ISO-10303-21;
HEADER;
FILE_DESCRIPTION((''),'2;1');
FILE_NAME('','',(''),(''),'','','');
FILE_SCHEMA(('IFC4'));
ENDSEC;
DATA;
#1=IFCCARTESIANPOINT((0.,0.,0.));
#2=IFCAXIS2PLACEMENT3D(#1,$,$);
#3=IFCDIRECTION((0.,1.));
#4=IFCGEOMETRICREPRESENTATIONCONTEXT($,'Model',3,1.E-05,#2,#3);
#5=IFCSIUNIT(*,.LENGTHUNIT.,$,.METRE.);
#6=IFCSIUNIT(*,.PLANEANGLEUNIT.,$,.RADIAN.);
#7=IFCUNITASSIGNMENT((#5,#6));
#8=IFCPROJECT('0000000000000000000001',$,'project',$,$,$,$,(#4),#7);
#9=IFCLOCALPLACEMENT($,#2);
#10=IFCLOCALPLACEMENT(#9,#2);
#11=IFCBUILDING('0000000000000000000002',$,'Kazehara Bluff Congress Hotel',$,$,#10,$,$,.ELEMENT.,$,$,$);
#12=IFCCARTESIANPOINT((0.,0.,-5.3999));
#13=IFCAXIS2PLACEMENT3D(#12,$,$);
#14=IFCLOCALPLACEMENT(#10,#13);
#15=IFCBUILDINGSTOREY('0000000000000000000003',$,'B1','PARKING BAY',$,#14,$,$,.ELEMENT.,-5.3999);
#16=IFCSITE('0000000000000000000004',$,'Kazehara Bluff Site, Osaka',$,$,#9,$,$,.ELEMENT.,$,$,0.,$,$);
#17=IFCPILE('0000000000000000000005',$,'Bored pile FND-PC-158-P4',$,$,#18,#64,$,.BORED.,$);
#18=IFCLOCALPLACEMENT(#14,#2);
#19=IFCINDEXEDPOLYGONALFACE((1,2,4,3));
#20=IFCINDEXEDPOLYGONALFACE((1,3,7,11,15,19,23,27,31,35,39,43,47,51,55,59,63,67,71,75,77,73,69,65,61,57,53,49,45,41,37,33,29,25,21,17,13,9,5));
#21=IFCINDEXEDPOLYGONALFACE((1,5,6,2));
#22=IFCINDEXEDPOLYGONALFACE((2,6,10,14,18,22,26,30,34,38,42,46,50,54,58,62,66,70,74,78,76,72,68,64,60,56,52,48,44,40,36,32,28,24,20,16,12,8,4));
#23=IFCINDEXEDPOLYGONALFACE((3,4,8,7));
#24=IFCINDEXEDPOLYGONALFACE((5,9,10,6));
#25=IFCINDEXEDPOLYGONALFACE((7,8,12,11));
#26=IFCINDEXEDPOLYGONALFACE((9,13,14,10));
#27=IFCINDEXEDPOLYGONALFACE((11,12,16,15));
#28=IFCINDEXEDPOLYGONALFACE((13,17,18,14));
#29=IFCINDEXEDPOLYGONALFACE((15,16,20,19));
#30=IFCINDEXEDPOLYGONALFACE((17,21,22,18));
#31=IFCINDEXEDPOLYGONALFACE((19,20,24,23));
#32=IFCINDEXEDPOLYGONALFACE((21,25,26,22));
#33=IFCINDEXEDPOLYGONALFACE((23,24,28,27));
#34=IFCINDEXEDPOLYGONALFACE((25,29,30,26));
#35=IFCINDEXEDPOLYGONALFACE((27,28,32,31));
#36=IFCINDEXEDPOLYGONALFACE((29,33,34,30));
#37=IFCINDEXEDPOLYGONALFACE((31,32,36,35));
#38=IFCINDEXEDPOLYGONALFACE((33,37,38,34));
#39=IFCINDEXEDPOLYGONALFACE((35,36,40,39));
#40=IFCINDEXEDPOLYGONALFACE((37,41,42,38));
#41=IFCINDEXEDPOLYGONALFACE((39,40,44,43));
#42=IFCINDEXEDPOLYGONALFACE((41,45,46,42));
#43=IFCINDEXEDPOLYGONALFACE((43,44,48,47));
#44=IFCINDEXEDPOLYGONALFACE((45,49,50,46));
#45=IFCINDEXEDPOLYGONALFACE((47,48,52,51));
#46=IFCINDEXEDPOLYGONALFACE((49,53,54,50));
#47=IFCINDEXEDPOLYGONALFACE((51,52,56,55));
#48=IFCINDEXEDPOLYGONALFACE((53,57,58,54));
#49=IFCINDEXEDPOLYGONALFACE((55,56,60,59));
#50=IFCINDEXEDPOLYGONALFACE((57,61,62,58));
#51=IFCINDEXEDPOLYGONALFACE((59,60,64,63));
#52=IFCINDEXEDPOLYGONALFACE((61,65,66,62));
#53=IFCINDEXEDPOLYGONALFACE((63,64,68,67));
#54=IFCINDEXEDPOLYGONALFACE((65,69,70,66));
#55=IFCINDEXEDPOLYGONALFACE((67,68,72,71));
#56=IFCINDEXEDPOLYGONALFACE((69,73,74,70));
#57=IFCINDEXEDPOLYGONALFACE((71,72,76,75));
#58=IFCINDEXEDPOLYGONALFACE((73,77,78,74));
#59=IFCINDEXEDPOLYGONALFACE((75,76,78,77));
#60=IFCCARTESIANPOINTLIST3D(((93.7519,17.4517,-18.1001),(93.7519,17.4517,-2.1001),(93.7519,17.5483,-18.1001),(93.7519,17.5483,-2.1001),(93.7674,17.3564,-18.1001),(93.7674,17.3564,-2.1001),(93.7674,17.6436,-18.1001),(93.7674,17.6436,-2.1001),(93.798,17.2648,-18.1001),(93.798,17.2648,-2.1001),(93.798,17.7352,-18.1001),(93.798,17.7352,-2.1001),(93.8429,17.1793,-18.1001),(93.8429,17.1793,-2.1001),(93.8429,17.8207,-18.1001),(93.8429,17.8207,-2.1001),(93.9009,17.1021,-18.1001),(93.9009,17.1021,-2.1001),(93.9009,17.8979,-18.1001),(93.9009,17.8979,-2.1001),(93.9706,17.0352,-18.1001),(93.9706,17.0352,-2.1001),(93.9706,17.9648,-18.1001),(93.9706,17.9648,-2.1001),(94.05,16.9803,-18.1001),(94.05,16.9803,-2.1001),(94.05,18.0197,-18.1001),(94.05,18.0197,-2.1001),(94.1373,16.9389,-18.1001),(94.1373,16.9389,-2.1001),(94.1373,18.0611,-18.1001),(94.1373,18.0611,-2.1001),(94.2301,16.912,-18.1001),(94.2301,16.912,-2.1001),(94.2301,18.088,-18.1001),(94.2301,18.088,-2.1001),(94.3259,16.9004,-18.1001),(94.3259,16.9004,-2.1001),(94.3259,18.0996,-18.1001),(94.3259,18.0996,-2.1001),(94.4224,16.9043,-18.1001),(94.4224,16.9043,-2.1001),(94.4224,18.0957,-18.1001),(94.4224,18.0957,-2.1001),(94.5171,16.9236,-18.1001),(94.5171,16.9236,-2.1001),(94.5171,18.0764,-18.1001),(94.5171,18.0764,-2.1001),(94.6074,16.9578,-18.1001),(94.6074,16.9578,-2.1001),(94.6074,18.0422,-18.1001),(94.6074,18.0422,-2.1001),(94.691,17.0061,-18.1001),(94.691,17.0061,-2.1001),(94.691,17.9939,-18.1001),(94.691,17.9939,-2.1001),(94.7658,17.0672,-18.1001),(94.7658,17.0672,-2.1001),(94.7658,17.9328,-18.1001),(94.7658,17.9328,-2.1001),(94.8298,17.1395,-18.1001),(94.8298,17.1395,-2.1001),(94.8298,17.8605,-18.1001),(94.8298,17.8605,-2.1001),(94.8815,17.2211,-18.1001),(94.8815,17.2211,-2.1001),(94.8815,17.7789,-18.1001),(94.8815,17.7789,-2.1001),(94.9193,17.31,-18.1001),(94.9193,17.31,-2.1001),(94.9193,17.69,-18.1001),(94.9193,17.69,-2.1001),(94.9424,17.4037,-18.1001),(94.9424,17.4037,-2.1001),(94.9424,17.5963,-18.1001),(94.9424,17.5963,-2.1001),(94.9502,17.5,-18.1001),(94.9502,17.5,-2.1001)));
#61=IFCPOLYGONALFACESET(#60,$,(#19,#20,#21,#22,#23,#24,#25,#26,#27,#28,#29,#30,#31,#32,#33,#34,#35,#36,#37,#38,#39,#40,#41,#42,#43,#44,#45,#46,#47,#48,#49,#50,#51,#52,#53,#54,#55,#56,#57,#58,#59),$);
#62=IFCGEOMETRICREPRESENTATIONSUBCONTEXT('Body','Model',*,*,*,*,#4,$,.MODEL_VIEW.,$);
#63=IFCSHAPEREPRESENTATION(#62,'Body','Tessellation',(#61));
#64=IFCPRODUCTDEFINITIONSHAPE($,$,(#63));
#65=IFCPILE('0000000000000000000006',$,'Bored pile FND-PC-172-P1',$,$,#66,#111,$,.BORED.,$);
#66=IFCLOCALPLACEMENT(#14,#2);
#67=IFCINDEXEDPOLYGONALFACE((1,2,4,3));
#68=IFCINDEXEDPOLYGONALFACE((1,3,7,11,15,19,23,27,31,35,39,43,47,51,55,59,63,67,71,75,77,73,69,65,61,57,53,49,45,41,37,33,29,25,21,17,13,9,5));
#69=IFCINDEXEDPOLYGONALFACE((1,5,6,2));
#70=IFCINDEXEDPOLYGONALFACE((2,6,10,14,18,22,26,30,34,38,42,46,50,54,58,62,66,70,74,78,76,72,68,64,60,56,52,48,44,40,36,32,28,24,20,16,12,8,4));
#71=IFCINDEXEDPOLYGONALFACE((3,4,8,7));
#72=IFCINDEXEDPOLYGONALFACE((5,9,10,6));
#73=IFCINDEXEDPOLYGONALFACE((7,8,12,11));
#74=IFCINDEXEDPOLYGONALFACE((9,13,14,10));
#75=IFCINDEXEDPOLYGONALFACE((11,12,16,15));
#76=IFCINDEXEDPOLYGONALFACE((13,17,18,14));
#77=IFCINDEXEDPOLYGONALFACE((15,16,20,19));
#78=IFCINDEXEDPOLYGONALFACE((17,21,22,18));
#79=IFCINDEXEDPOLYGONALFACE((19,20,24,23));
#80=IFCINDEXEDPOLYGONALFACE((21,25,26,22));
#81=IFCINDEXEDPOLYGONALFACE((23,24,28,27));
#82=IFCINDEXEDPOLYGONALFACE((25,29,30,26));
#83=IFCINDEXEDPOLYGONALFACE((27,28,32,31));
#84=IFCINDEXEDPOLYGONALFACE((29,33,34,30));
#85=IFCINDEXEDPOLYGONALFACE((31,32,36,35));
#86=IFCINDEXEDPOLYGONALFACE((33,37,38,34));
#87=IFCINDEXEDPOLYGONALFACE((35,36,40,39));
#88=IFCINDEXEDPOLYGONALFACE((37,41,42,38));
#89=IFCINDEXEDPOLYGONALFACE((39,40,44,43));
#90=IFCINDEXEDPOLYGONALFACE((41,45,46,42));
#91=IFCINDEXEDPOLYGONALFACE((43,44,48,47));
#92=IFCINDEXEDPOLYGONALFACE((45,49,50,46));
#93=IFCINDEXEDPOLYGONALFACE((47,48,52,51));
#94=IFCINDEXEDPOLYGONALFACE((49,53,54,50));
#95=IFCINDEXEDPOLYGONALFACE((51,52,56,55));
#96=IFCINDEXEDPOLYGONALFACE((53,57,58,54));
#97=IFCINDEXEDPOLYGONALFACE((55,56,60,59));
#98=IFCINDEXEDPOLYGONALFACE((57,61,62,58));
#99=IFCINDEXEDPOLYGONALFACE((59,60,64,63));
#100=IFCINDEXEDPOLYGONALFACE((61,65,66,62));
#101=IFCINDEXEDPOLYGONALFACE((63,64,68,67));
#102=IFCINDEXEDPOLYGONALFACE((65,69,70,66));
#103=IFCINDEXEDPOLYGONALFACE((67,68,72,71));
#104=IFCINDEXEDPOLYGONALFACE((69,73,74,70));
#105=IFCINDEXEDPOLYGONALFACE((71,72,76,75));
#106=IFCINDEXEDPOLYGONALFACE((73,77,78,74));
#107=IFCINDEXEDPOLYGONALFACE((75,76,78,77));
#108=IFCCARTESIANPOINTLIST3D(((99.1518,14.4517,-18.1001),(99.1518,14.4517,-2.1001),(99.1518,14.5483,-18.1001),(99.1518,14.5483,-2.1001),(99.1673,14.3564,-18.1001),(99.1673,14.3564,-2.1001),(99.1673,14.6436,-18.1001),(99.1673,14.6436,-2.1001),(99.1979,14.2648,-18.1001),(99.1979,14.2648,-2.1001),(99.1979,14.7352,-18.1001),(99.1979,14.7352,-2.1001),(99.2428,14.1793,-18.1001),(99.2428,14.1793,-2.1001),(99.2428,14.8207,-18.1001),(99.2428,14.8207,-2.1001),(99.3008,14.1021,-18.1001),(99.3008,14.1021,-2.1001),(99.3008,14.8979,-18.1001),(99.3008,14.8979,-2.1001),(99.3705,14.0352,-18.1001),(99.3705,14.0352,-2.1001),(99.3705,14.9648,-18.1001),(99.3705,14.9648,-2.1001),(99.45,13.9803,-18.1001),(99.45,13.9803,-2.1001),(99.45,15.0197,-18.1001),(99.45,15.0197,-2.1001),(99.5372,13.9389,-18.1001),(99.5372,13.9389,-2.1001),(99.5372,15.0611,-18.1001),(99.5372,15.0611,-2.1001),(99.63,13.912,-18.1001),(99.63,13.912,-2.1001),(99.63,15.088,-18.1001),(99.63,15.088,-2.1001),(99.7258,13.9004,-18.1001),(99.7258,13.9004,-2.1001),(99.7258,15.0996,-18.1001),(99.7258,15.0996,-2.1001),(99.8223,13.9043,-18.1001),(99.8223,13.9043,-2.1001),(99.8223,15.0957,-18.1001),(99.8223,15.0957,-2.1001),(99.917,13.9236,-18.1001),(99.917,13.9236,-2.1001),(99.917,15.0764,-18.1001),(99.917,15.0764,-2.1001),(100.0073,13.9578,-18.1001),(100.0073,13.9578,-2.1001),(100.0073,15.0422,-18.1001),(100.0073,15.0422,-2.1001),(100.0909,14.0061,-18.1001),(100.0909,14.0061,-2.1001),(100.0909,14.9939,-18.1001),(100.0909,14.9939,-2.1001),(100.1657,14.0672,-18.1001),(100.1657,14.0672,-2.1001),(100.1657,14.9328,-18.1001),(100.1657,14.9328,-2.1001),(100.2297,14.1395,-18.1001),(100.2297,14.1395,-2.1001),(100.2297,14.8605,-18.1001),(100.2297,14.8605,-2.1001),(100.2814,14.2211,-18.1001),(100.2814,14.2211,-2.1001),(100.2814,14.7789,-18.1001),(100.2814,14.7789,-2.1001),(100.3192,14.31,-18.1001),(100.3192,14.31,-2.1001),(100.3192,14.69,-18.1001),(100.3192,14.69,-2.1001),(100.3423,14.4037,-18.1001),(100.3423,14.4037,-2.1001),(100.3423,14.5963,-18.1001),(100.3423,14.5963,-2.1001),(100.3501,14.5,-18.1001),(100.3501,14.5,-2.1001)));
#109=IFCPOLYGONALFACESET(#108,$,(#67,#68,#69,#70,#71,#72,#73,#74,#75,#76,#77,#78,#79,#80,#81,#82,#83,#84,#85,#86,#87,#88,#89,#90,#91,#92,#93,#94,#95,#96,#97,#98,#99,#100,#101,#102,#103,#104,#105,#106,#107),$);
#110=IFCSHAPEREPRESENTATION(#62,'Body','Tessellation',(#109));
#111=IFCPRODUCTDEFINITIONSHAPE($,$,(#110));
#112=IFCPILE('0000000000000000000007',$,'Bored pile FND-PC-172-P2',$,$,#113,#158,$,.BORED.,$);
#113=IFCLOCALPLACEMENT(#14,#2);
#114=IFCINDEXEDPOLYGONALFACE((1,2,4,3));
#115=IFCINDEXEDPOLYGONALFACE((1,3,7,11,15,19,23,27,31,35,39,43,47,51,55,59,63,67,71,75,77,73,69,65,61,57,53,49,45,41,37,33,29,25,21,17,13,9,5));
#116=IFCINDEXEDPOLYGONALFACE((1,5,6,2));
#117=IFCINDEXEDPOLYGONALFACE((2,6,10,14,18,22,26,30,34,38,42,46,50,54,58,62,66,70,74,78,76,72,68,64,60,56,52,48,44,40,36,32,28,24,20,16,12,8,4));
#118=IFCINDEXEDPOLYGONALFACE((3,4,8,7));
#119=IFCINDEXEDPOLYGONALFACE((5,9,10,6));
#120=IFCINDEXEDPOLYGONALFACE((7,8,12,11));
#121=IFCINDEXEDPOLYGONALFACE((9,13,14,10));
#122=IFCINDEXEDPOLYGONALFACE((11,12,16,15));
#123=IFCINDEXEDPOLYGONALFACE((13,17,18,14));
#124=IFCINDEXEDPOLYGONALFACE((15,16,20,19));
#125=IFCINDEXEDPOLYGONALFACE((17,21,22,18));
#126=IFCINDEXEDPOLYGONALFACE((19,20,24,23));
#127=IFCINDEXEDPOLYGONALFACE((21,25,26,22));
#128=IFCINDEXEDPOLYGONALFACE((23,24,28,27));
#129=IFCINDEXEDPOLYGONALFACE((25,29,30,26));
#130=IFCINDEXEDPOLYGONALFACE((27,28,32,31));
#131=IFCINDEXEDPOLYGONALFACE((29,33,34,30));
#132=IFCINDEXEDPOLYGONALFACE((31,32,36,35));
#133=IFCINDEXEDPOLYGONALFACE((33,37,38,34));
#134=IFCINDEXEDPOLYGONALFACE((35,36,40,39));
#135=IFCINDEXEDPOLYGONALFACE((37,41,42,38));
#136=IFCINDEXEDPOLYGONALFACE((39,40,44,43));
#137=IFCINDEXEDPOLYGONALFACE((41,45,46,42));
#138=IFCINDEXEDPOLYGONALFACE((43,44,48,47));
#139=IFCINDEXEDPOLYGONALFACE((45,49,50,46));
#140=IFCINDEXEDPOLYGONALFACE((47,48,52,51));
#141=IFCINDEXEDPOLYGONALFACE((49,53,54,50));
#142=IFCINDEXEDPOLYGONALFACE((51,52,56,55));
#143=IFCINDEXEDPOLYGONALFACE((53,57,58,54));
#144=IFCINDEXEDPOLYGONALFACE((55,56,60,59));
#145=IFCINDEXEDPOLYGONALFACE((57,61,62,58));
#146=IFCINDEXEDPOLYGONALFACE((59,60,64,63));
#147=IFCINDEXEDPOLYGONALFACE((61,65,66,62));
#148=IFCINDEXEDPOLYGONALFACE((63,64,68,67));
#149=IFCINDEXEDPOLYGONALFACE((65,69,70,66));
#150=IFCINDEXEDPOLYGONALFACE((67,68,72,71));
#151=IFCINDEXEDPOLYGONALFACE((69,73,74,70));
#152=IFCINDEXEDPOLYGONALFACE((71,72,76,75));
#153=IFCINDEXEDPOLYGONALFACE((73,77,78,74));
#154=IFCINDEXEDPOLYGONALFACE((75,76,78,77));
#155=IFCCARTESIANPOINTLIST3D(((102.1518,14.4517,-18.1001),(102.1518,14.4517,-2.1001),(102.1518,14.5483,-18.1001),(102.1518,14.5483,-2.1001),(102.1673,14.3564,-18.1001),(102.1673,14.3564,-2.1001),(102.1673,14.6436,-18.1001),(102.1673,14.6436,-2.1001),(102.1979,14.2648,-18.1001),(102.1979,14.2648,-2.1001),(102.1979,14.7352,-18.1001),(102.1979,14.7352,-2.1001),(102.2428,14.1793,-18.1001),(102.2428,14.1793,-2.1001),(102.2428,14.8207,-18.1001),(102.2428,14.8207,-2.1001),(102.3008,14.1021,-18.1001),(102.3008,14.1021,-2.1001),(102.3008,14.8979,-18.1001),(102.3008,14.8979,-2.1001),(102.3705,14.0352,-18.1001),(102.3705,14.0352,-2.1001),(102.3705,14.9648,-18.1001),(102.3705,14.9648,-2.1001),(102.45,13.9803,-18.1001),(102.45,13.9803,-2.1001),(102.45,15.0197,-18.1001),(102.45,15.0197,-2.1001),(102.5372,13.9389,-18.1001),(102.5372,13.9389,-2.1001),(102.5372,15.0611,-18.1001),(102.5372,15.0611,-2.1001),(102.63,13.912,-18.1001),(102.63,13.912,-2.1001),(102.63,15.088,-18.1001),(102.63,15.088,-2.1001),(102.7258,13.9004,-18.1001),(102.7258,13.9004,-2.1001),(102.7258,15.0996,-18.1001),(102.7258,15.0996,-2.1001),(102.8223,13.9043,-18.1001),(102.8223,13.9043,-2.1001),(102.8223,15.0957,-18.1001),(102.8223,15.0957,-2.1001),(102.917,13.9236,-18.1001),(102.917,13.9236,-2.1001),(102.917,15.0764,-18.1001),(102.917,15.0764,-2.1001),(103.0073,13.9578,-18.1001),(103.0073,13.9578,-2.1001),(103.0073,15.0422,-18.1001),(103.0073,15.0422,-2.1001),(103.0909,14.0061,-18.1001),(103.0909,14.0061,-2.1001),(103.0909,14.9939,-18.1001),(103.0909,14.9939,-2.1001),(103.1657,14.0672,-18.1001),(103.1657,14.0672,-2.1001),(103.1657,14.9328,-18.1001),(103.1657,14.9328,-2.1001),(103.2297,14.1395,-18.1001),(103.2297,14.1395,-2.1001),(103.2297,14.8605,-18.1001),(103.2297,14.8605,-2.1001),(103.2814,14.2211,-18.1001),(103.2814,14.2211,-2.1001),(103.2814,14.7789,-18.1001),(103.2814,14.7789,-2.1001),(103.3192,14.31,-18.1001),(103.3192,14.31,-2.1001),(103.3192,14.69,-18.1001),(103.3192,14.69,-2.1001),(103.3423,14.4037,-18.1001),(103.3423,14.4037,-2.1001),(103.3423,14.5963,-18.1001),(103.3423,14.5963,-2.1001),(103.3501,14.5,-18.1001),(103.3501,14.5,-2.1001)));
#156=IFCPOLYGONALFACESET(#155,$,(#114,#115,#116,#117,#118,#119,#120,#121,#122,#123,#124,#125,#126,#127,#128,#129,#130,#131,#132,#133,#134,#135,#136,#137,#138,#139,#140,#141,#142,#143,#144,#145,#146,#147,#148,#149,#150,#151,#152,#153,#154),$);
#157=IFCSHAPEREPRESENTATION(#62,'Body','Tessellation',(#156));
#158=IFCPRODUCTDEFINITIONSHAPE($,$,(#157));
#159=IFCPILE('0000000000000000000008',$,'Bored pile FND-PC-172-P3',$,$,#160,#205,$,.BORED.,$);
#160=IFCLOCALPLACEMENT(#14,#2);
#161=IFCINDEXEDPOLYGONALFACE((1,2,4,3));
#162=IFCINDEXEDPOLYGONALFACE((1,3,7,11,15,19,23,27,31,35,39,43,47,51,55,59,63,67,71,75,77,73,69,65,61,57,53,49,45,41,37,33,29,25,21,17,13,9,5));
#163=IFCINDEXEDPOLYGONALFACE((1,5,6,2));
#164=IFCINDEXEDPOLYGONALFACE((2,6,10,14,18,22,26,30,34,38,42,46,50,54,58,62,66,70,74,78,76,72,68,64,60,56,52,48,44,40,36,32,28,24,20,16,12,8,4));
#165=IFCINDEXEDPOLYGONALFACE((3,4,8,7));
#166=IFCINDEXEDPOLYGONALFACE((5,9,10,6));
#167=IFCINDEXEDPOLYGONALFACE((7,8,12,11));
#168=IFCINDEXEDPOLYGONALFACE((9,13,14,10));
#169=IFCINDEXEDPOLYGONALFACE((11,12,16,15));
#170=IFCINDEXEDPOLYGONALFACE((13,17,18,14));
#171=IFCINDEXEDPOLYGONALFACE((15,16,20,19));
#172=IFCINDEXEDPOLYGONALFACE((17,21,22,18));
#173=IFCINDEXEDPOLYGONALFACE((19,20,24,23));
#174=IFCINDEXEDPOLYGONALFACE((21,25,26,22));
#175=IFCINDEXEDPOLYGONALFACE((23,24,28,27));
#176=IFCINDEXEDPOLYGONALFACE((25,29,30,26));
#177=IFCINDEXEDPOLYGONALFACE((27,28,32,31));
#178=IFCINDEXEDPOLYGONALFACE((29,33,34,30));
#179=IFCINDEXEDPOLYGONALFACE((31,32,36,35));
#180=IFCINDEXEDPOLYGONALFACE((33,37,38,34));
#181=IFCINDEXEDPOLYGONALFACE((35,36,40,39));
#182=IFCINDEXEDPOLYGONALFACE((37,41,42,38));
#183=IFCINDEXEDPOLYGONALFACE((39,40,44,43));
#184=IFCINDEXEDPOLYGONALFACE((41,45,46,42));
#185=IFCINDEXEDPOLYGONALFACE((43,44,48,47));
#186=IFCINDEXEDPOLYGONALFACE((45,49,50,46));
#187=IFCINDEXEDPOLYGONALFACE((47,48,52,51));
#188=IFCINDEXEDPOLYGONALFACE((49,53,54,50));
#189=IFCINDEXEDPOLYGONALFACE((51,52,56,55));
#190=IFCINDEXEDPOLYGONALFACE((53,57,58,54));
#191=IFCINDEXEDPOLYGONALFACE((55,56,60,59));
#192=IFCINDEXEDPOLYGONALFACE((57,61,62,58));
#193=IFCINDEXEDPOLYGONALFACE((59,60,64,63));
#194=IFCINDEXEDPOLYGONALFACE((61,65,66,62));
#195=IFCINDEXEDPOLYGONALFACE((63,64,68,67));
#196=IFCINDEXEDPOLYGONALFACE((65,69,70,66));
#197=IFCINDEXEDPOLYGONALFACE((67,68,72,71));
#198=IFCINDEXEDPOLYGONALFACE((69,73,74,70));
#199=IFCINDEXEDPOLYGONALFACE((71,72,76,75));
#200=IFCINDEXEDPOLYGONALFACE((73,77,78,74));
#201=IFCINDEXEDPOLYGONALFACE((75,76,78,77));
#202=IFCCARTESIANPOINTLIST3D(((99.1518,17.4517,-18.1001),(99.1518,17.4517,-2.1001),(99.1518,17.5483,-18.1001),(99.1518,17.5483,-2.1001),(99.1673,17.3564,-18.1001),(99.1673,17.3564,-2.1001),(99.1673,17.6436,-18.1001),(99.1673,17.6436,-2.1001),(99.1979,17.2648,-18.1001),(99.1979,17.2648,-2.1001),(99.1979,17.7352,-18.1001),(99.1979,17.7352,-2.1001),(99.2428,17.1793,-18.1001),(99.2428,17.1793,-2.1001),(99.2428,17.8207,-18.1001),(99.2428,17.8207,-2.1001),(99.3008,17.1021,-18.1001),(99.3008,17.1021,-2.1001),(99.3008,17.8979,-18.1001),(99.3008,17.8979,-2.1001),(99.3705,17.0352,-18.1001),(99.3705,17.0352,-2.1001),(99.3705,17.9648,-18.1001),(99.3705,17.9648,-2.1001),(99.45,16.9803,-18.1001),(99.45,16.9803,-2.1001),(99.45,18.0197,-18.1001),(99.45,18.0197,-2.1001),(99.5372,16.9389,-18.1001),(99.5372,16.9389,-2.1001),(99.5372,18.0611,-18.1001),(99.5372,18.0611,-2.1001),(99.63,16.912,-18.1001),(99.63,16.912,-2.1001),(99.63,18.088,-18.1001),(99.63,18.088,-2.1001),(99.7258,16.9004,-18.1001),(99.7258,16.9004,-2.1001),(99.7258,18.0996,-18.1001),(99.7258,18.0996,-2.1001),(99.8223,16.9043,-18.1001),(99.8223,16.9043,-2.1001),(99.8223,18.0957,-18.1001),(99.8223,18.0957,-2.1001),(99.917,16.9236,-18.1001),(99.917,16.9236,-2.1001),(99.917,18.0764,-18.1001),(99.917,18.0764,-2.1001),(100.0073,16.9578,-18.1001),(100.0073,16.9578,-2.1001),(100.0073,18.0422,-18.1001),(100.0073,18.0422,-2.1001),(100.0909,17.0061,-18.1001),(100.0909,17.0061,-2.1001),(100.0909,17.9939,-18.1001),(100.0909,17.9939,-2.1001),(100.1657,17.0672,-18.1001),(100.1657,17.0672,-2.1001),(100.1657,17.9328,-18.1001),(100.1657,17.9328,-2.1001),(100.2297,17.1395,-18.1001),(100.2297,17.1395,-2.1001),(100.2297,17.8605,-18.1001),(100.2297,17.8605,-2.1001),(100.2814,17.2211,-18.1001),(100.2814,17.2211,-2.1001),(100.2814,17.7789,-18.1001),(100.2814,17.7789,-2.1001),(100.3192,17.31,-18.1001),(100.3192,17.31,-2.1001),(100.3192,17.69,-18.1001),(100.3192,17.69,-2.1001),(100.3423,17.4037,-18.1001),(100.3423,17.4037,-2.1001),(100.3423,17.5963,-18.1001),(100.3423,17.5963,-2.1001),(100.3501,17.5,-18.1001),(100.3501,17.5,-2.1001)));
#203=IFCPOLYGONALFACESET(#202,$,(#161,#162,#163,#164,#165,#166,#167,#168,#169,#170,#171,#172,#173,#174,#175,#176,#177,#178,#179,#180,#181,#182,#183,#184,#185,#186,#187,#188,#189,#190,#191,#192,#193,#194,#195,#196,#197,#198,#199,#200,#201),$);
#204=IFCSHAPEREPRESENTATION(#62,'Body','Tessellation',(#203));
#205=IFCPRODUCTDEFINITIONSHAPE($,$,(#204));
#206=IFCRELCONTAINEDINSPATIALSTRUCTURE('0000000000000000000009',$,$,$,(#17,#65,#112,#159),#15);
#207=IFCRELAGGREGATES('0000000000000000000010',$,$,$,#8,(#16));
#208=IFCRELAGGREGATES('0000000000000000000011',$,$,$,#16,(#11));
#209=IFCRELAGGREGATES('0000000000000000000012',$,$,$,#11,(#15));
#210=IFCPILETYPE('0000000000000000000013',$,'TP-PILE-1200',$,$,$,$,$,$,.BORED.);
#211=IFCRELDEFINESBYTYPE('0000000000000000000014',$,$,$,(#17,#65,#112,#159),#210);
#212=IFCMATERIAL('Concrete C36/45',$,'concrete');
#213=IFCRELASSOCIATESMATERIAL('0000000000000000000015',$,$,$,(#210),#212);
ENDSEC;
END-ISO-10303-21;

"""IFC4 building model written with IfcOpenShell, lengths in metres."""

from ifc_helpers import new_model, si_unit, direction, frame, origin, origin_2d, place, context, subcontext, project, spatial, circle, extrude, material, material_profile, profile_set, type_object, element, save


model = new_model("IFC4")

# Units and contexts
model_context = context("Model", 3, precision=1e-05, world=origin(), true_north=direction((0.0, 1.0)))
body_context = subcontext(model_context, "Body", "Model", "MODEL_VIEW")
ifc_project = project(units=[si_unit("LENGTHUNIT", "METRE"), si_unit("PLANEANGLEUNIT", "RADIAN")], contexts=[model_context])

# Site, building, storey
site_placement = place(None, origin())
site = spatial("IfcSite", under=ifc_project, at=site_placement, Name="Kazehara Bluff Site, Osaka", CompositionType="ELEMENT", RefElevation=0.0)
building_placement = place(site_placement, origin())
building = spatial("IfcBuilding", under=site, at=building_placement, Name="Kazehara Bluff Congress Hotel", CompositionType="ELEMENT")
storey_placement = place(building_placement, frame((0.0, 0.0, -5.3999)))
storey = spatial("IfcBuildingStorey", under=building, at=storey_placement, Name="B1", Description="PARKING BAY", CompositionType="ELEMENT", Elevation=-5.3999)

# Piles
ifc_material_1 = material(Name="Concrete C36/45", Category="concrete")
ifc_material_profile_1 = material_profile(ifc_material_1, circle(Radius=0.6001, at=origin_2d()))
ifc_profile_set_1 = profile_set([ifc_material_profile_1], Name="Concrete C36/45")
pile_type = type_object("IfcPileType", Name="TP-PILE-1200", PredefinedType="BORED", material=ifc_profile_set_1)
for number, where, z_axis, x_axis, name in (
    (1, (94.3501, 17.5, -2.1001), (0.0, 0.0, -1.0), (1.0, 0.0, 0.0), "Bored pile FND-PC-158-P4"),
    (2, (99.75, 14.5, -2.1001), (0.0, 0.0, -1.0), (1.0, 0.0, 0.0), "Bored pile FND-PC-172-P1"),
    (3, (102.75, 14.5, -2.1001), (0.0, 0.0, -1.0), (1.0, 0.0, 0.0), "Bored pile FND-PC-172-P2"),
    (4, (99.75, 17.5, -2.1001), (0.0, 0.0, -1.0), (1.0, 0.0, 0.0), "Bored pile FND-PC-172-P3"),
):
    element("IfcPile", number, at=place(storey_placement, frame(where, z_axis=z_axis, x_axis=x_axis)), inside=storey, type_object=pile_type, Name=name, PredefinedType="BORED", context=body_context, shape_type="SweptSolid", body=[
        extrude(circle(Radius=0.6001, at=origin_2d()), origin(), (0.0, 0.0, 1.0), 16.0),
    ])

save(model, "model.ifc")
